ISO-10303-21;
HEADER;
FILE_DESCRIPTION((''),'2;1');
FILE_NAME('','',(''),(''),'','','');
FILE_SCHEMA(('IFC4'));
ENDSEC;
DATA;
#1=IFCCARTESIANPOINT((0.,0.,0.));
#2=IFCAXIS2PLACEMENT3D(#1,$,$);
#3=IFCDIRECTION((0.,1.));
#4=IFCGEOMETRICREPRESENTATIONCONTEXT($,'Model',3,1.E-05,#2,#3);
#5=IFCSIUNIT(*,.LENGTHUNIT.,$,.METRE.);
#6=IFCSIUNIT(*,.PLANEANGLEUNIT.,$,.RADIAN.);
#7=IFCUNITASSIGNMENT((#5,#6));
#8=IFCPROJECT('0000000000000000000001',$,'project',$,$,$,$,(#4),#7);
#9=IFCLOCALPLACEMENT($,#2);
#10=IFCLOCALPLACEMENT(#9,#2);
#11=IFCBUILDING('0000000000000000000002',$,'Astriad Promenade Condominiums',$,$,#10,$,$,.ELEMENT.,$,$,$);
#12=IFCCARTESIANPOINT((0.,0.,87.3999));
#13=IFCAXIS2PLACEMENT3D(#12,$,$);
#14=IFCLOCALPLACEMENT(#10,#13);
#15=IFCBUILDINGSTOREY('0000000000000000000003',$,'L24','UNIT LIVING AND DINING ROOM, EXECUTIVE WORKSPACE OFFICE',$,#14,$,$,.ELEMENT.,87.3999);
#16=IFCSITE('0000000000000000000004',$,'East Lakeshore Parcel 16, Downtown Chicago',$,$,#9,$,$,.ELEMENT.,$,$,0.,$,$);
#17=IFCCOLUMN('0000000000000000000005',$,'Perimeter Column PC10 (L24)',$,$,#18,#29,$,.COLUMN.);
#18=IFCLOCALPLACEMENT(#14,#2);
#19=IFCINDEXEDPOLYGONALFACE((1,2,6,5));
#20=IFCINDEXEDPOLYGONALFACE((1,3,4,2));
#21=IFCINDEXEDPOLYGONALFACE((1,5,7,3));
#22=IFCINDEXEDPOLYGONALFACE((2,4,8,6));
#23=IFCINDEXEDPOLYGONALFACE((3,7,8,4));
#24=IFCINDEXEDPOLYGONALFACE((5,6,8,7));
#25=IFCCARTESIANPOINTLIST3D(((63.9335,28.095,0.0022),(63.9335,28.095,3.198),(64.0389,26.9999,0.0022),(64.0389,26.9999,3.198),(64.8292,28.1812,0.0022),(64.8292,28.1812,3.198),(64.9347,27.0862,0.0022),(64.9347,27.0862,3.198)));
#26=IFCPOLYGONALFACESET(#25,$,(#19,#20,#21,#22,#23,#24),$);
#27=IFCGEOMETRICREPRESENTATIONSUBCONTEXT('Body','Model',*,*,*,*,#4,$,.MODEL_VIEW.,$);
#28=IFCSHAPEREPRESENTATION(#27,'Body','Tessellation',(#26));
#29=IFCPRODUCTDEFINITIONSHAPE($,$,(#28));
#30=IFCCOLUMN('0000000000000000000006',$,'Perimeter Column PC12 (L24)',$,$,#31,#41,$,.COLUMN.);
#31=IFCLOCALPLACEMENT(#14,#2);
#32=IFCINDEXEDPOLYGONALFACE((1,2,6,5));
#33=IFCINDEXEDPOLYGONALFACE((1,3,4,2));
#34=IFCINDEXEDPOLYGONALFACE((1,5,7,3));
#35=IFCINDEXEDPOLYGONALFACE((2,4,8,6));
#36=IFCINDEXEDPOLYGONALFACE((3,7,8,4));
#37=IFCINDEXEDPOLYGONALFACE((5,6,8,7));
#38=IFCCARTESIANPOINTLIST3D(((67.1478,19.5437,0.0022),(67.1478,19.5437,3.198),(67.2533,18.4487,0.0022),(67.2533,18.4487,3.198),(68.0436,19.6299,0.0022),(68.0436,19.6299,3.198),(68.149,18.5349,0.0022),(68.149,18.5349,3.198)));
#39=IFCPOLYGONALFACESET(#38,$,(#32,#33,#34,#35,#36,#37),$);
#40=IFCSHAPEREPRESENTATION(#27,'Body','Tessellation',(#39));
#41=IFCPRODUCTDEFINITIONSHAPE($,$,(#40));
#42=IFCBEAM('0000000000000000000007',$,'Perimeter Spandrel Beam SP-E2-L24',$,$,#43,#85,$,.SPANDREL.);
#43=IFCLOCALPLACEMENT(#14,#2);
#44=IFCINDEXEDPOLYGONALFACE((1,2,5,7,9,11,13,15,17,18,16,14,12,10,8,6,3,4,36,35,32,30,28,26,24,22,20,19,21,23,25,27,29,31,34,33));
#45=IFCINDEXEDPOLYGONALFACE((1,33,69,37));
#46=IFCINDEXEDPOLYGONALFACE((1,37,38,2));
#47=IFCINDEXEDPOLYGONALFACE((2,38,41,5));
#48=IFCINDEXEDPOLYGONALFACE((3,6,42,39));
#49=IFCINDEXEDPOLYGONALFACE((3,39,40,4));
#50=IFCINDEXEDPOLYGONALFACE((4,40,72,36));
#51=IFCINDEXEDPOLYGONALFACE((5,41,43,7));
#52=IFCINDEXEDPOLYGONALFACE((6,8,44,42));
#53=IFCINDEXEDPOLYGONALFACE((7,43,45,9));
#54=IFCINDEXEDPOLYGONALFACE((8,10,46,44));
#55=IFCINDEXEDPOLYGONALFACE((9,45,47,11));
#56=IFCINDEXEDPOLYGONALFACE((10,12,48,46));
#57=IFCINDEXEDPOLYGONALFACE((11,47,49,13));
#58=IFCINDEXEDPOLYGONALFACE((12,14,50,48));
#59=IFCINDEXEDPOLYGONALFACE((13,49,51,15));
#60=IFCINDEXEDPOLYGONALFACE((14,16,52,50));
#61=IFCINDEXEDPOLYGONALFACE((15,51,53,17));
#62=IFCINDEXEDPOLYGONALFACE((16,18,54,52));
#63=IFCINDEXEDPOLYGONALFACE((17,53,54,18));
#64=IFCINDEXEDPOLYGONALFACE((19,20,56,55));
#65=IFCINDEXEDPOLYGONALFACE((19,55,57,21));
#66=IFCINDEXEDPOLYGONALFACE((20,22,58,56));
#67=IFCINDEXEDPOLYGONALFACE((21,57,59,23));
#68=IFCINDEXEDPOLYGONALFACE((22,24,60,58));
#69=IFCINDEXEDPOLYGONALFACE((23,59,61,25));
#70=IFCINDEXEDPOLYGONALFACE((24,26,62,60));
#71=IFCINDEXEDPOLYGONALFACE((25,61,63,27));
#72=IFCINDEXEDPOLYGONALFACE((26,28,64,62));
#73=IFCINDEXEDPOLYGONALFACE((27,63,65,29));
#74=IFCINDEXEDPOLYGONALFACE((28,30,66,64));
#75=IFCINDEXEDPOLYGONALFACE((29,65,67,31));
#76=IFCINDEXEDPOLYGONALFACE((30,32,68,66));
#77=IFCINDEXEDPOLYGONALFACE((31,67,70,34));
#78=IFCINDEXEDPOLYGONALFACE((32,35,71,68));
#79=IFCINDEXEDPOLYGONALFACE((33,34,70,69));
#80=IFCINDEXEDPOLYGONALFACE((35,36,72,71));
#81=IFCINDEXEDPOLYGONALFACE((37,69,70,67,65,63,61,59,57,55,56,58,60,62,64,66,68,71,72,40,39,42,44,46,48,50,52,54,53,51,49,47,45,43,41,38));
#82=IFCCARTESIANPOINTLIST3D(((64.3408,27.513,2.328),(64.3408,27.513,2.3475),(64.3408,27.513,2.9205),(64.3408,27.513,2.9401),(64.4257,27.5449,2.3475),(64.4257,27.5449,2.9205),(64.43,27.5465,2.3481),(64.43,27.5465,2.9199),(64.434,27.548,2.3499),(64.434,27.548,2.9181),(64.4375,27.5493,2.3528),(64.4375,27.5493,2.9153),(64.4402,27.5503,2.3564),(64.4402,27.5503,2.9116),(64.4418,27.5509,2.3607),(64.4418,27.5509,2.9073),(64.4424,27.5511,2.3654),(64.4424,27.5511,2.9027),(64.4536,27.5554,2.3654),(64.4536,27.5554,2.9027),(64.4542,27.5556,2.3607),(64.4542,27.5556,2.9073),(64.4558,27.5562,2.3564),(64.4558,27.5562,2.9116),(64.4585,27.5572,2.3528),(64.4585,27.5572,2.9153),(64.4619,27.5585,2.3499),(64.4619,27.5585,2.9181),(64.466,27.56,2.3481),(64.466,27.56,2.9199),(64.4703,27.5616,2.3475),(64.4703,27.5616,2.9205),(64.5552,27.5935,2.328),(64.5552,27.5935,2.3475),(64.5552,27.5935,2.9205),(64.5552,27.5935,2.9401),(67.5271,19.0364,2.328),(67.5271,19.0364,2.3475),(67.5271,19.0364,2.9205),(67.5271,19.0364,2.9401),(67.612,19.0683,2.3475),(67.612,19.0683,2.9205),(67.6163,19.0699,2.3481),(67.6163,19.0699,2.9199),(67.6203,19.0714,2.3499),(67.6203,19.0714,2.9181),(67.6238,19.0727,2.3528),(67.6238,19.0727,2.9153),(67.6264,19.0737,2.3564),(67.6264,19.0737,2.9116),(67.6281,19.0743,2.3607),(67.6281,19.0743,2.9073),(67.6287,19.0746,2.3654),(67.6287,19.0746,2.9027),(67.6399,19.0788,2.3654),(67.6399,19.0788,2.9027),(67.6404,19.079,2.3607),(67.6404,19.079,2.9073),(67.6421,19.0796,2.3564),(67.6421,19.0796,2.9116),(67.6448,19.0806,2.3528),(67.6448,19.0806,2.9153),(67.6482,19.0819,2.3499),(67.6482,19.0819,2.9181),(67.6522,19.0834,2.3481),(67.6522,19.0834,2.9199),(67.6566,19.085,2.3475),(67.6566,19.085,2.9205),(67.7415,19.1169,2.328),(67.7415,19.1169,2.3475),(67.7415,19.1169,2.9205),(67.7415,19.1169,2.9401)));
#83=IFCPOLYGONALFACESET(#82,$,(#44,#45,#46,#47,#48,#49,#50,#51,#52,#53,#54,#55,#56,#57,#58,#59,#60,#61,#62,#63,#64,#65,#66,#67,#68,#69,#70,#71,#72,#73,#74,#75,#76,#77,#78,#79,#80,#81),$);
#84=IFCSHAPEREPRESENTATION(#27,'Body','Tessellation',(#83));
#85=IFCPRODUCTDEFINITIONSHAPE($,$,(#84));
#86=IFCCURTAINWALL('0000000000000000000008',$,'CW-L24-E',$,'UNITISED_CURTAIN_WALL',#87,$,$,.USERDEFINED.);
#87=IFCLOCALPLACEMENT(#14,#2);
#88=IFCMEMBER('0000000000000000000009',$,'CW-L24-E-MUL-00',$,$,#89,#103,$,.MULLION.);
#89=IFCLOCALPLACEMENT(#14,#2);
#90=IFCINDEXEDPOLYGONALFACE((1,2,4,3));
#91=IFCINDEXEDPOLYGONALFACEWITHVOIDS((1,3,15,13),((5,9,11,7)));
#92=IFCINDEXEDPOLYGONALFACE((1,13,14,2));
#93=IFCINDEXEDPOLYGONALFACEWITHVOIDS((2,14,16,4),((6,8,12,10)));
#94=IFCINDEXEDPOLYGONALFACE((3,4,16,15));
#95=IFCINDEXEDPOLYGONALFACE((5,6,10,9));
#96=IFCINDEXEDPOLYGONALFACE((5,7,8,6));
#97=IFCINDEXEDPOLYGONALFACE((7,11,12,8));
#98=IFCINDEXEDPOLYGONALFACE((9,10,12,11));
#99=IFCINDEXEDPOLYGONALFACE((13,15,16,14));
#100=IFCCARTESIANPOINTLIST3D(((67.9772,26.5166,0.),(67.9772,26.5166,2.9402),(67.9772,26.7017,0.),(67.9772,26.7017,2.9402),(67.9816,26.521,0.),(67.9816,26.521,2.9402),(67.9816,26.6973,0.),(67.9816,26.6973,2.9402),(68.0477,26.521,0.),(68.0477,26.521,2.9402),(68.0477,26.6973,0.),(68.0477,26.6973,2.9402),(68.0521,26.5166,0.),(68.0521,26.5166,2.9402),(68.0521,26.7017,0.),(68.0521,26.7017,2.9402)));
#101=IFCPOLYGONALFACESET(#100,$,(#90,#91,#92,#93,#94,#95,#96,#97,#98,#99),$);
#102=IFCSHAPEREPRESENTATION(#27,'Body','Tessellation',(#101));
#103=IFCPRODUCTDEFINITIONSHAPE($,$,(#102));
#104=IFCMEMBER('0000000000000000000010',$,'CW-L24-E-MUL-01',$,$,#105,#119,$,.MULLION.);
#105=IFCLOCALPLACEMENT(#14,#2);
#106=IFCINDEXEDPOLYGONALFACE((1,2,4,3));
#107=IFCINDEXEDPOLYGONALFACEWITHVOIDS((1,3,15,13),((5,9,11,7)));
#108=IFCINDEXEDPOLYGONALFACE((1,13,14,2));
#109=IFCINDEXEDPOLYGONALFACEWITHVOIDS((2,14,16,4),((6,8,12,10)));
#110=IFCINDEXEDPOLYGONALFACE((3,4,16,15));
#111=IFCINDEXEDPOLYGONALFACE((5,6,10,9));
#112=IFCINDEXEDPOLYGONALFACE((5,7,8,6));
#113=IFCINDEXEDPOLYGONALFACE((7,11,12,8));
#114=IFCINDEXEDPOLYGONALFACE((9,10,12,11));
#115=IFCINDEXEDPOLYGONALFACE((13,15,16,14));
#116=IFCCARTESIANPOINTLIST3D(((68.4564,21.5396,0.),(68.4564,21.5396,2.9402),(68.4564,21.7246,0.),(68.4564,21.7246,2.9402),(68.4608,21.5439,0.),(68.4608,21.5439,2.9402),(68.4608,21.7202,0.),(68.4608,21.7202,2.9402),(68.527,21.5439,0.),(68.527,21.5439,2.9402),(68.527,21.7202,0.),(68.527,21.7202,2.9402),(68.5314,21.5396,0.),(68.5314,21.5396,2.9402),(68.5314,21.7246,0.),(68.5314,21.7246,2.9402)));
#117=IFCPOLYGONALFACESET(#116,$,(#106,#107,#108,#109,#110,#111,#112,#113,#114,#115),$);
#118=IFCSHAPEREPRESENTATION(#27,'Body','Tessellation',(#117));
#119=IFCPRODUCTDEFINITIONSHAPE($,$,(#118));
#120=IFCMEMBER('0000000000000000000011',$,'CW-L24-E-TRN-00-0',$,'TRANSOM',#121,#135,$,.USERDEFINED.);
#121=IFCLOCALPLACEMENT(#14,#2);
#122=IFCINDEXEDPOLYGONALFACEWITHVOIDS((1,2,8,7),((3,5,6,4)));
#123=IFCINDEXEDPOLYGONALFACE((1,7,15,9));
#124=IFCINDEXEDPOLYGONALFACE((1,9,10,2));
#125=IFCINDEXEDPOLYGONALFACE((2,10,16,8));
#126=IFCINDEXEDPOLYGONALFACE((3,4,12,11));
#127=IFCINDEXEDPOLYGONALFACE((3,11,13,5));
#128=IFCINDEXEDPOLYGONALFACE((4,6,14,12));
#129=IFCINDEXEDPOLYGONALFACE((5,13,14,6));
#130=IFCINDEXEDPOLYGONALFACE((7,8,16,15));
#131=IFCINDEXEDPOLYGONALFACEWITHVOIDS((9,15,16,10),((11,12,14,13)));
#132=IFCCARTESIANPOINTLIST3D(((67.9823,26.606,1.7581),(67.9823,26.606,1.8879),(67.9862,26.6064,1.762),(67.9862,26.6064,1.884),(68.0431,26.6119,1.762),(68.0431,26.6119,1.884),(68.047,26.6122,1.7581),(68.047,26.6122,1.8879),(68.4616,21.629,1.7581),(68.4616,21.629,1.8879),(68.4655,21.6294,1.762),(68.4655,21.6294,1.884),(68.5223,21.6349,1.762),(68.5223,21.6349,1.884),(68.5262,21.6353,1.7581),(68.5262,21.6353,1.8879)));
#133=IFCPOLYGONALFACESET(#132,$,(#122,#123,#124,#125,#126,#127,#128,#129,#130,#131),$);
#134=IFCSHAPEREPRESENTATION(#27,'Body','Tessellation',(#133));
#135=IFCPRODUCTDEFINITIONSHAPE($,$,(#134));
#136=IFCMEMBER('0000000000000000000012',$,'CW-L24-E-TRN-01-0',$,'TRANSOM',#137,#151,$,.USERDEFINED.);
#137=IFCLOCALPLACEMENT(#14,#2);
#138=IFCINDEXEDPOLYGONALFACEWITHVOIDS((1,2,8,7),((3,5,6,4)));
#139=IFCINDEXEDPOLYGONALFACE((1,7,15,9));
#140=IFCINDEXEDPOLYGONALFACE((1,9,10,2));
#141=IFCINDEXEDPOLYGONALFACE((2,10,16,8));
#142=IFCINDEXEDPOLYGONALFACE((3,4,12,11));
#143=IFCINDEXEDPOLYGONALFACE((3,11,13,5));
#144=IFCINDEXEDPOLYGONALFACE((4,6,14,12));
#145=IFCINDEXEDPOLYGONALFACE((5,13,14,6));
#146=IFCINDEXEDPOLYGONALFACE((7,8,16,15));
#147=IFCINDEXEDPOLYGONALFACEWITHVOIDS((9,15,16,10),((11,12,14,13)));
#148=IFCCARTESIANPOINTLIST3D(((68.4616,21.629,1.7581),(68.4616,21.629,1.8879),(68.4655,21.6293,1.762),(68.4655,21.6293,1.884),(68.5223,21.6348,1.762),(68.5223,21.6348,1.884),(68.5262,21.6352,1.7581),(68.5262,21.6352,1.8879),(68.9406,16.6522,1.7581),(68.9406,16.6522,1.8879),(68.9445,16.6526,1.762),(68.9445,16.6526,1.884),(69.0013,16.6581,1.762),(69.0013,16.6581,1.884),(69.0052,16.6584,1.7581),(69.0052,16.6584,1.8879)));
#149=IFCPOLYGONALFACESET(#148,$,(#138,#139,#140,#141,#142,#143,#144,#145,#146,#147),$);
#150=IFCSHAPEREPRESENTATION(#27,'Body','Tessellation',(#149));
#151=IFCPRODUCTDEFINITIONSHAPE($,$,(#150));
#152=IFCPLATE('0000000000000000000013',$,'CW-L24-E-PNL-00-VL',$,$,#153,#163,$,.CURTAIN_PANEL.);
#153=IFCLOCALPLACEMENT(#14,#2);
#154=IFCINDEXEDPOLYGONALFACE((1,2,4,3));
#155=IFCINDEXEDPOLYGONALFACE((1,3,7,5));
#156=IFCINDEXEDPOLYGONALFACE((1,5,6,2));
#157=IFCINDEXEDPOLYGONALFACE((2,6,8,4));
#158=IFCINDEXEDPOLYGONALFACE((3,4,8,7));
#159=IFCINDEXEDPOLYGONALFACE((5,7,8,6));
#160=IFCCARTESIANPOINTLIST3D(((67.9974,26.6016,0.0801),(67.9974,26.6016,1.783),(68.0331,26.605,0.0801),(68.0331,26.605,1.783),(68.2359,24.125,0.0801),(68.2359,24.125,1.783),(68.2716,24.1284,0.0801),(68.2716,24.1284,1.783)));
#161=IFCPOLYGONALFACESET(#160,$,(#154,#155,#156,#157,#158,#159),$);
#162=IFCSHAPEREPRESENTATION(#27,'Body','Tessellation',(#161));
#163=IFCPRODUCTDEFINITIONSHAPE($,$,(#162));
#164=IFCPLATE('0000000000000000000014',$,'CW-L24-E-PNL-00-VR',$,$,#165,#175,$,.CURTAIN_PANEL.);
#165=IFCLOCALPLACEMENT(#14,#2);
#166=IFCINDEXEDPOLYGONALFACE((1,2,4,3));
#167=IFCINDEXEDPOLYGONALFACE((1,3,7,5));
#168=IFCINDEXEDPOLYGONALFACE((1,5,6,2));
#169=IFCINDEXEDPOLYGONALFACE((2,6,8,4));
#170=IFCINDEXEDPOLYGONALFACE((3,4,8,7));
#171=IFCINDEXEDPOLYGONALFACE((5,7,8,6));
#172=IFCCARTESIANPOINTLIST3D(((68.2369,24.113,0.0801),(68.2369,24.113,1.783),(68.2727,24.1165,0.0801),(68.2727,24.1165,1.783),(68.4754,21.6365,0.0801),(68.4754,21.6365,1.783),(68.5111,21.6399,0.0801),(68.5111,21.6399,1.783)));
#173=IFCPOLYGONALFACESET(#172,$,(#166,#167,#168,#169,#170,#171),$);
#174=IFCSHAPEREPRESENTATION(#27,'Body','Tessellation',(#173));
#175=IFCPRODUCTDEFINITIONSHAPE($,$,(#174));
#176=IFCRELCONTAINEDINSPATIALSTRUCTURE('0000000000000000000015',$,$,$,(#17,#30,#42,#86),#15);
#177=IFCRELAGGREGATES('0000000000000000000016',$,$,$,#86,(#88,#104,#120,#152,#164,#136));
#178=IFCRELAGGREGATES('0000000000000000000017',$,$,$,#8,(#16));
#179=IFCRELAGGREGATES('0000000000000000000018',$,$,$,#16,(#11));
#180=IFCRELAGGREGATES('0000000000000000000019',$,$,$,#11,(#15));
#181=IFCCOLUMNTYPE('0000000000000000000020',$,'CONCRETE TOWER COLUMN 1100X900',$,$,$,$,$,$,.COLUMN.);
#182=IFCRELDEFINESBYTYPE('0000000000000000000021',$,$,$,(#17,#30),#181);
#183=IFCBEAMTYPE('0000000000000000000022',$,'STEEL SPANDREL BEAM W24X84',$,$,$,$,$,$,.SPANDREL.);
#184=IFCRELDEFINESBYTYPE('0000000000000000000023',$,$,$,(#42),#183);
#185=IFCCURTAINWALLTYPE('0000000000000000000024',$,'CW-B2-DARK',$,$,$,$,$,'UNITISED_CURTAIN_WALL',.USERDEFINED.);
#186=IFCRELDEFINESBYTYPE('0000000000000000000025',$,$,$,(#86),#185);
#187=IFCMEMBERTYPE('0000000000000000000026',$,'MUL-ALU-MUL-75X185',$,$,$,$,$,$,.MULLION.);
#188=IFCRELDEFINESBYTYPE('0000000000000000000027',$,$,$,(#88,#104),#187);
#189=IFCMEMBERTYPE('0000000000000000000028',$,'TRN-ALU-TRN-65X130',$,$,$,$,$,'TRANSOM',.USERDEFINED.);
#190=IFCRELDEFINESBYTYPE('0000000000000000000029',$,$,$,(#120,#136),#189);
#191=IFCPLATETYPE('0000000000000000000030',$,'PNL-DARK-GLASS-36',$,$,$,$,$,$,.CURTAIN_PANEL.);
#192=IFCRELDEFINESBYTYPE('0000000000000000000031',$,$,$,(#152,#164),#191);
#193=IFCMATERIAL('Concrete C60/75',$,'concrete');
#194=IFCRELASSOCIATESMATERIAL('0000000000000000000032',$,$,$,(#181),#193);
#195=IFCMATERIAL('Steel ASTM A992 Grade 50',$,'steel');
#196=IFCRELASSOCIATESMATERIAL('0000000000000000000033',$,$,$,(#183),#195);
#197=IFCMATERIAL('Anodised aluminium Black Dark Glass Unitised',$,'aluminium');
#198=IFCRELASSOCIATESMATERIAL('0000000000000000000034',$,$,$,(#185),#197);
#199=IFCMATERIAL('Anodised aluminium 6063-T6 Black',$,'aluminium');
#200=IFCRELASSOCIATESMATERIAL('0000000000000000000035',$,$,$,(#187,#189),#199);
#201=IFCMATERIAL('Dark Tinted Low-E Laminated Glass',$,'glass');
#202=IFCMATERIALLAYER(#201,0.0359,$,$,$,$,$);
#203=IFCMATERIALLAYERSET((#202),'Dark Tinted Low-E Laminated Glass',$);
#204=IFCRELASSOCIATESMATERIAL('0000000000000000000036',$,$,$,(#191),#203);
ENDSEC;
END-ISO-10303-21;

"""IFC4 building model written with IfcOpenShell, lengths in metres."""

from ifc_helpers import new_model, si_unit, direction, frame, origin, origin_2d, place, context, subcontext, project, spatial, rectangle, hollow_rectangle, i_section, extrude, source, transform, mapped, material, layer, layer_set, material_profile, profile_set, type_object, type_shapes, element, aggregate, save


model = new_model("IFC4")

# Units and contexts
model_context = context("Model", 3, precision=1e-05, world=origin(), true_north=direction((0.0, 1.0)))
body_context = subcontext(model_context, "Body", "Model", "MODEL_VIEW")
ifc_project = project(units=[si_unit("LENGTHUNIT", "METRE"), si_unit("PLANEANGLEUNIT", "RADIAN")], contexts=[model_context])

# Site, building, storey
site_placement = place(None, origin())
site = spatial("IfcSite", under=ifc_project, at=site_placement, Name="East Lakeshore Parcel 16, Downtown Chicago", CompositionType="ELEMENT", RefElevation=0.0)
building_placement = place(site_placement, origin())
building = spatial("IfcBuilding", under=site, at=building_placement, Name="Astriad Promenade Condominiums", CompositionType="ELEMENT")
storey_placement = place(building_placement, frame((0.0, 0.0, 87.3999)))
storey = spatial("IfcBuildingStorey", under=building, at=storey_placement, Name="L24", Description="UNIT LIVING AND DINING ROOM, EXECUTIVE WORKSPACE OFFICE", CompositionType="ELEMENT", Elevation=87.3999)

# Columns
ifc_material_1 = material(Name="Concrete C60/75", Category="concrete")
ifc_material_profile_1 = material_profile(ifc_material_1, rectangle(XDim=0.8999, YDim=1.1001, at=origin_2d()), Name="RC-COL-1100X900")
ifc_profile_set_1 = profile_set([ifc_material_profile_1], Name="Concrete C60/75")
column_type = type_object("IfcColumnType", Name="CONCRETE TOWER COLUMN 1100X900", PredefinedType="COLUMN", material=ifc_profile_set_1)
shared_shape_1 = source(origin(), body_context, "Body", "SweptSolid", [
    extrude(rectangle(XDim=0.8999, YDim=1.1001, at=origin_2d()), origin(), (0.0, 0.0, 1.0), 3.1958),
])
type_shapes(column_type, [shared_shape_1])
for number, where, z_axis, x_axis, name in (
    (1, (64.4341, 27.5906, 0.0022), (0.0, 0.0, 1.0), (0.995396, 0.095846, 0.0), "Perimeter Column PC10 (L24)"),
    (2, (67.6484, 19.0393, 0.0022), (0.0, 0.0, 1.0), (0.995396, 0.095846, 0.0), "Perimeter Column PC12 (L24)"),
):
    element("IfcColumn", number, at=place(storey_placement, frame(where, z_axis=z_axis, x_axis=x_axis)), inside=storey, type_object=column_type, Name=name, PredefinedType="COLUMN", context=body_context, shape_type="MappedRepresentation", body=[
        mapped(shared_shape_1, transform((0.0, 0.0, 0.0), scale=1.0)),
    ])

# Beam
ifc_material_2 = material(Name="Steel ASTM A992 Grade 50", Category="steel")
ifc_material_profile_2 = material_profile(ifc_material_2, i_section(OverallWidth=0.229, OverallDepth=0.6121, WebThickness=0.012, FlangeThickness=0.0195, FilletRadius=0.0178, at=origin_2d()), Name="W24X84")
ifc_profile_set_2 = profile_set([ifc_material_profile_2], Name="Steel ASTM A992 Grade 50")
beam_type = type_object("IfcBeamType", Name="STEEL SPANDREL BEAM W24X84", PredefinedType="SPANDREL", material=ifc_profile_set_2)
shared_shape_2 = source(origin(), body_context, "Body", "SweptSolid", [
    extrude(i_section(OverallWidth=0.229, OverallDepth=0.6121, WebThickness=0.012, FlangeThickness=0.0195, FilletRadius=0.0178, at=origin_2d()), origin(), (0.0, 0.0, 1.0), 9.0557),
])
type_shapes(beam_type, [shared_shape_2])
beam_placement = place(storey_placement, frame((67.6343, 19.0767, 2.634), z_axis=(-0.351856, 0.936054, 0.0), x_axis=(-0.936054, -0.351856, 0.0)))
element("IfcBeam", 3, at=beam_placement, inside=storey, type_object=beam_type, Name="Perimeter Spandrel Beam SP-E2-L24", PredefinedType="SPANDREL", context=body_context, shape_type="MappedRepresentation", body=[
    mapped(shared_shape_2, transform((0.0, 0.0, 0.0), scale=1.0)),
])

# Curtain wall, members, plates
ifc_material_3 = material(Name="Anodised aluminium Black Dark Glass Unitised", Category="aluminium")
curtain_wall_type = type_object("IfcCurtainWallType", Name="CW-B2-DARK", ElementType="UNITISED_CURTAIN_WALL", PredefinedType="USERDEFINED", material=ifc_material_3)
curtain_wall_placement = place(storey_placement, origin())
curtain_wall = element("IfcCurtainWall", 4, at=curtain_wall_placement, inside=storey, type_object=curtain_wall_type, Name="CW-L24-E", ObjectType="UNITISED_CURTAIN_WALL", PredefinedType="USERDEFINED")
ifc_material_4 = material(Name="Anodised aluminium 6063-T6 Black", Category="aluminium")
ifc_material_profile_3 = material_profile(ifc_material_4, hollow_rectangle(XDim=0.075, YDim=0.1851, WallThickness=0.0044, at=origin_2d()), Name="ALU-MUL-75X185")
ifc_profile_set_3 = profile_set([ifc_material_profile_3], Name="Anodised aluminium 6063-T6 Black")
member_type_1 = type_object("IfcMemberType", Name="MUL-ALU-MUL-75X185", PredefinedType="MULLION", material=ifc_profile_set_3)
shared_shape_3 = source(origin(), body_context, "Body", "SweptSolid", [
    extrude(hollow_rectangle(XDim=0.075, YDim=0.1851, WallThickness=0.0044, at=origin_2d()), origin(), (0.0, 0.0, 1.0), 2.9402),
])
type_shapes(member_type_1, [shared_shape_3])
member_1_placement = place(storey_placement, frame((68.0146, 26.6091, 0.0), z_axis=(0.0, 0.0, 1.0), x_axis=(1.0, 0.0, 0.0)))
member_1 = element("IfcMember", 5, at=member_1_placement, type_object=member_type_1, Name="CW-L24-E-MUL-00", PredefinedType="MULLION", context=body_context, shape_type="MappedRepresentation", body=[
    mapped(shared_shape_3, transform((0.0, 0.0, 0.0), scale=1.0)),
])
member_2_placement = place(storey_placement, frame((68.4939, 21.6321, 0.0), z_axis=(0.0, 0.0, 1.0), x_axis=(1.0, 0.0, 0.0)))
member_2 = element("IfcMember", 6, at=member_2_placement, type_object=member_type_1, Name="CW-L24-E-MUL-01", PredefinedType="MULLION", context=body_context, shape_type="MappedRepresentation", body=[
    mapped(shared_shape_3, transform((0.0, 0.0, 0.0), scale=1.0)),
])
ifc_material_profile_4 = material_profile(ifc_material_4, hollow_rectangle(XDim=0.0649, YDim=0.1299, WallThickness=0.0039, at=origin_2d()), Name="ALU-TRN-65X130")
ifc_profile_set_4 = profile_set([ifc_material_profile_4], Name="Anodised aluminium 6063-T6 Black")
member_type_2 = type_object("IfcMemberType", Name="TRN-ALU-TRN-65X130", ElementType="TRANSOM", PredefinedType="USERDEFINED", material=ifc_profile_set_4)
shared_shape_4 = source(origin(), body_context, "Body", "SweptSolid", [
    extrude(hollow_rectangle(XDim=0.0649, YDim=0.1299, WallThickness=0.0039, at=origin_2d()), origin(), (0.0, 0.0, 1.0), 5.0),
])
member_3_placement = place(storey_placement, frame((68.0146, 26.6091, 1.823), z_axis=(0.095848, -0.995396, 0.0), x_axis=(0.995396, 0.095848, 0.0)))
member_3 = element("IfcMember", 7, at=member_3_placement, type_object=member_type_2, Name="CW-L24-E-TRN-00-0", ObjectType="TRANSOM", PredefinedType="USERDEFINED", context=body_context, shape_type="MappedRepresentation", body=[
    mapped(shared_shape_4, transform((0.0, 0.0, 0.0), scale=1.0)),
])
shared_shape_5 = source(origin(), body_context, "Body", "SweptSolid", [
    extrude(hollow_rectangle(XDim=0.0649, YDim=0.1299, WallThickness=0.0039, at=origin_2d()), origin(), (0.0, 0.0, 1.0), 4.9998),
])
type_shapes(member_type_2, [shared_shape_4, shared_shape_5])
member_4_placement = place(storey_placement, frame((68.4939, 21.6321, 1.823), z_axis=(0.095805, -0.9954, 0.0), x_axis=(0.9954, 0.095805, 0.0)))
member_4 = element("IfcMember", 8, at=member_4_placement, type_object=member_type_2, Name="CW-L24-E-TRN-01-0", ObjectType="TRANSOM", PredefinedType="USERDEFINED", context=body_context, shape_type="MappedRepresentation", body=[
    mapped(shared_shape_5, transform((0.0, 0.0, 0.0), scale=1.0)),
])
ifc_material_5 = material(Name="Dark Tinted Low-E Laminated Glass", Category="glass")
ifc_layer_1 = layer(ifc_material_5, 0.0359)
ifc_layer_set_1 = layer_set([ifc_layer_1], Name="Dark Tinted Low-E Laminated Glass")
plate_type = type_object("IfcPlateType", Name="PNL-DARK-GLASS-36", PredefinedType="CURTAIN_PANEL", material=ifc_layer_set_1)
shared_shape_6 = source(origin(), body_context, "Body", "SweptSolid", [
    extrude(rectangle(XDim=2.488, YDim=0.0359, at=origin_2d()), origin(), (0.0, 0.0, 1.0), 1.7029),
])
plate_1_placement = place(storey_placement, frame((68.1345, 25.365, 0.0801), z_axis=(0.0, 0.0, 1.0), x_axis=(0.095846, -0.995396, 0.0)))
plate_1 = element("IfcPlate", 9, at=plate_1_placement, type_object=plate_type, Name="CW-L24-E-PNL-00-VL", PredefinedType="CURTAIN_PANEL", context=body_context, shape_type="MappedRepresentation", body=[
    mapped(shared_shape_6, transform((0.0, 0.0, 0.0), scale=1.0)),
])
plate_2_placement = place(storey_placement, frame((68.374, 22.8765, 0.0801), z_axis=(0.0, 0.0, 1.0), x_axis=(0.095846, -0.995396, 0.0)))
plate_2 = element("IfcPlate", 10, at=plate_2_placement, type_object=plate_type, Name="CW-L24-E-PNL-00-VR", PredefinedType="CURTAIN_PANEL", context=body_context, shape_type="MappedRepresentation", body=[
    mapped(shared_shape_6, transform((0.0, 0.0, 0.0), scale=1.0)),
])
aggregate(curtain_wall, [member_1, member_2, member_3, plate_1, plate_2, member_4])

save(model, "model.ifc")
